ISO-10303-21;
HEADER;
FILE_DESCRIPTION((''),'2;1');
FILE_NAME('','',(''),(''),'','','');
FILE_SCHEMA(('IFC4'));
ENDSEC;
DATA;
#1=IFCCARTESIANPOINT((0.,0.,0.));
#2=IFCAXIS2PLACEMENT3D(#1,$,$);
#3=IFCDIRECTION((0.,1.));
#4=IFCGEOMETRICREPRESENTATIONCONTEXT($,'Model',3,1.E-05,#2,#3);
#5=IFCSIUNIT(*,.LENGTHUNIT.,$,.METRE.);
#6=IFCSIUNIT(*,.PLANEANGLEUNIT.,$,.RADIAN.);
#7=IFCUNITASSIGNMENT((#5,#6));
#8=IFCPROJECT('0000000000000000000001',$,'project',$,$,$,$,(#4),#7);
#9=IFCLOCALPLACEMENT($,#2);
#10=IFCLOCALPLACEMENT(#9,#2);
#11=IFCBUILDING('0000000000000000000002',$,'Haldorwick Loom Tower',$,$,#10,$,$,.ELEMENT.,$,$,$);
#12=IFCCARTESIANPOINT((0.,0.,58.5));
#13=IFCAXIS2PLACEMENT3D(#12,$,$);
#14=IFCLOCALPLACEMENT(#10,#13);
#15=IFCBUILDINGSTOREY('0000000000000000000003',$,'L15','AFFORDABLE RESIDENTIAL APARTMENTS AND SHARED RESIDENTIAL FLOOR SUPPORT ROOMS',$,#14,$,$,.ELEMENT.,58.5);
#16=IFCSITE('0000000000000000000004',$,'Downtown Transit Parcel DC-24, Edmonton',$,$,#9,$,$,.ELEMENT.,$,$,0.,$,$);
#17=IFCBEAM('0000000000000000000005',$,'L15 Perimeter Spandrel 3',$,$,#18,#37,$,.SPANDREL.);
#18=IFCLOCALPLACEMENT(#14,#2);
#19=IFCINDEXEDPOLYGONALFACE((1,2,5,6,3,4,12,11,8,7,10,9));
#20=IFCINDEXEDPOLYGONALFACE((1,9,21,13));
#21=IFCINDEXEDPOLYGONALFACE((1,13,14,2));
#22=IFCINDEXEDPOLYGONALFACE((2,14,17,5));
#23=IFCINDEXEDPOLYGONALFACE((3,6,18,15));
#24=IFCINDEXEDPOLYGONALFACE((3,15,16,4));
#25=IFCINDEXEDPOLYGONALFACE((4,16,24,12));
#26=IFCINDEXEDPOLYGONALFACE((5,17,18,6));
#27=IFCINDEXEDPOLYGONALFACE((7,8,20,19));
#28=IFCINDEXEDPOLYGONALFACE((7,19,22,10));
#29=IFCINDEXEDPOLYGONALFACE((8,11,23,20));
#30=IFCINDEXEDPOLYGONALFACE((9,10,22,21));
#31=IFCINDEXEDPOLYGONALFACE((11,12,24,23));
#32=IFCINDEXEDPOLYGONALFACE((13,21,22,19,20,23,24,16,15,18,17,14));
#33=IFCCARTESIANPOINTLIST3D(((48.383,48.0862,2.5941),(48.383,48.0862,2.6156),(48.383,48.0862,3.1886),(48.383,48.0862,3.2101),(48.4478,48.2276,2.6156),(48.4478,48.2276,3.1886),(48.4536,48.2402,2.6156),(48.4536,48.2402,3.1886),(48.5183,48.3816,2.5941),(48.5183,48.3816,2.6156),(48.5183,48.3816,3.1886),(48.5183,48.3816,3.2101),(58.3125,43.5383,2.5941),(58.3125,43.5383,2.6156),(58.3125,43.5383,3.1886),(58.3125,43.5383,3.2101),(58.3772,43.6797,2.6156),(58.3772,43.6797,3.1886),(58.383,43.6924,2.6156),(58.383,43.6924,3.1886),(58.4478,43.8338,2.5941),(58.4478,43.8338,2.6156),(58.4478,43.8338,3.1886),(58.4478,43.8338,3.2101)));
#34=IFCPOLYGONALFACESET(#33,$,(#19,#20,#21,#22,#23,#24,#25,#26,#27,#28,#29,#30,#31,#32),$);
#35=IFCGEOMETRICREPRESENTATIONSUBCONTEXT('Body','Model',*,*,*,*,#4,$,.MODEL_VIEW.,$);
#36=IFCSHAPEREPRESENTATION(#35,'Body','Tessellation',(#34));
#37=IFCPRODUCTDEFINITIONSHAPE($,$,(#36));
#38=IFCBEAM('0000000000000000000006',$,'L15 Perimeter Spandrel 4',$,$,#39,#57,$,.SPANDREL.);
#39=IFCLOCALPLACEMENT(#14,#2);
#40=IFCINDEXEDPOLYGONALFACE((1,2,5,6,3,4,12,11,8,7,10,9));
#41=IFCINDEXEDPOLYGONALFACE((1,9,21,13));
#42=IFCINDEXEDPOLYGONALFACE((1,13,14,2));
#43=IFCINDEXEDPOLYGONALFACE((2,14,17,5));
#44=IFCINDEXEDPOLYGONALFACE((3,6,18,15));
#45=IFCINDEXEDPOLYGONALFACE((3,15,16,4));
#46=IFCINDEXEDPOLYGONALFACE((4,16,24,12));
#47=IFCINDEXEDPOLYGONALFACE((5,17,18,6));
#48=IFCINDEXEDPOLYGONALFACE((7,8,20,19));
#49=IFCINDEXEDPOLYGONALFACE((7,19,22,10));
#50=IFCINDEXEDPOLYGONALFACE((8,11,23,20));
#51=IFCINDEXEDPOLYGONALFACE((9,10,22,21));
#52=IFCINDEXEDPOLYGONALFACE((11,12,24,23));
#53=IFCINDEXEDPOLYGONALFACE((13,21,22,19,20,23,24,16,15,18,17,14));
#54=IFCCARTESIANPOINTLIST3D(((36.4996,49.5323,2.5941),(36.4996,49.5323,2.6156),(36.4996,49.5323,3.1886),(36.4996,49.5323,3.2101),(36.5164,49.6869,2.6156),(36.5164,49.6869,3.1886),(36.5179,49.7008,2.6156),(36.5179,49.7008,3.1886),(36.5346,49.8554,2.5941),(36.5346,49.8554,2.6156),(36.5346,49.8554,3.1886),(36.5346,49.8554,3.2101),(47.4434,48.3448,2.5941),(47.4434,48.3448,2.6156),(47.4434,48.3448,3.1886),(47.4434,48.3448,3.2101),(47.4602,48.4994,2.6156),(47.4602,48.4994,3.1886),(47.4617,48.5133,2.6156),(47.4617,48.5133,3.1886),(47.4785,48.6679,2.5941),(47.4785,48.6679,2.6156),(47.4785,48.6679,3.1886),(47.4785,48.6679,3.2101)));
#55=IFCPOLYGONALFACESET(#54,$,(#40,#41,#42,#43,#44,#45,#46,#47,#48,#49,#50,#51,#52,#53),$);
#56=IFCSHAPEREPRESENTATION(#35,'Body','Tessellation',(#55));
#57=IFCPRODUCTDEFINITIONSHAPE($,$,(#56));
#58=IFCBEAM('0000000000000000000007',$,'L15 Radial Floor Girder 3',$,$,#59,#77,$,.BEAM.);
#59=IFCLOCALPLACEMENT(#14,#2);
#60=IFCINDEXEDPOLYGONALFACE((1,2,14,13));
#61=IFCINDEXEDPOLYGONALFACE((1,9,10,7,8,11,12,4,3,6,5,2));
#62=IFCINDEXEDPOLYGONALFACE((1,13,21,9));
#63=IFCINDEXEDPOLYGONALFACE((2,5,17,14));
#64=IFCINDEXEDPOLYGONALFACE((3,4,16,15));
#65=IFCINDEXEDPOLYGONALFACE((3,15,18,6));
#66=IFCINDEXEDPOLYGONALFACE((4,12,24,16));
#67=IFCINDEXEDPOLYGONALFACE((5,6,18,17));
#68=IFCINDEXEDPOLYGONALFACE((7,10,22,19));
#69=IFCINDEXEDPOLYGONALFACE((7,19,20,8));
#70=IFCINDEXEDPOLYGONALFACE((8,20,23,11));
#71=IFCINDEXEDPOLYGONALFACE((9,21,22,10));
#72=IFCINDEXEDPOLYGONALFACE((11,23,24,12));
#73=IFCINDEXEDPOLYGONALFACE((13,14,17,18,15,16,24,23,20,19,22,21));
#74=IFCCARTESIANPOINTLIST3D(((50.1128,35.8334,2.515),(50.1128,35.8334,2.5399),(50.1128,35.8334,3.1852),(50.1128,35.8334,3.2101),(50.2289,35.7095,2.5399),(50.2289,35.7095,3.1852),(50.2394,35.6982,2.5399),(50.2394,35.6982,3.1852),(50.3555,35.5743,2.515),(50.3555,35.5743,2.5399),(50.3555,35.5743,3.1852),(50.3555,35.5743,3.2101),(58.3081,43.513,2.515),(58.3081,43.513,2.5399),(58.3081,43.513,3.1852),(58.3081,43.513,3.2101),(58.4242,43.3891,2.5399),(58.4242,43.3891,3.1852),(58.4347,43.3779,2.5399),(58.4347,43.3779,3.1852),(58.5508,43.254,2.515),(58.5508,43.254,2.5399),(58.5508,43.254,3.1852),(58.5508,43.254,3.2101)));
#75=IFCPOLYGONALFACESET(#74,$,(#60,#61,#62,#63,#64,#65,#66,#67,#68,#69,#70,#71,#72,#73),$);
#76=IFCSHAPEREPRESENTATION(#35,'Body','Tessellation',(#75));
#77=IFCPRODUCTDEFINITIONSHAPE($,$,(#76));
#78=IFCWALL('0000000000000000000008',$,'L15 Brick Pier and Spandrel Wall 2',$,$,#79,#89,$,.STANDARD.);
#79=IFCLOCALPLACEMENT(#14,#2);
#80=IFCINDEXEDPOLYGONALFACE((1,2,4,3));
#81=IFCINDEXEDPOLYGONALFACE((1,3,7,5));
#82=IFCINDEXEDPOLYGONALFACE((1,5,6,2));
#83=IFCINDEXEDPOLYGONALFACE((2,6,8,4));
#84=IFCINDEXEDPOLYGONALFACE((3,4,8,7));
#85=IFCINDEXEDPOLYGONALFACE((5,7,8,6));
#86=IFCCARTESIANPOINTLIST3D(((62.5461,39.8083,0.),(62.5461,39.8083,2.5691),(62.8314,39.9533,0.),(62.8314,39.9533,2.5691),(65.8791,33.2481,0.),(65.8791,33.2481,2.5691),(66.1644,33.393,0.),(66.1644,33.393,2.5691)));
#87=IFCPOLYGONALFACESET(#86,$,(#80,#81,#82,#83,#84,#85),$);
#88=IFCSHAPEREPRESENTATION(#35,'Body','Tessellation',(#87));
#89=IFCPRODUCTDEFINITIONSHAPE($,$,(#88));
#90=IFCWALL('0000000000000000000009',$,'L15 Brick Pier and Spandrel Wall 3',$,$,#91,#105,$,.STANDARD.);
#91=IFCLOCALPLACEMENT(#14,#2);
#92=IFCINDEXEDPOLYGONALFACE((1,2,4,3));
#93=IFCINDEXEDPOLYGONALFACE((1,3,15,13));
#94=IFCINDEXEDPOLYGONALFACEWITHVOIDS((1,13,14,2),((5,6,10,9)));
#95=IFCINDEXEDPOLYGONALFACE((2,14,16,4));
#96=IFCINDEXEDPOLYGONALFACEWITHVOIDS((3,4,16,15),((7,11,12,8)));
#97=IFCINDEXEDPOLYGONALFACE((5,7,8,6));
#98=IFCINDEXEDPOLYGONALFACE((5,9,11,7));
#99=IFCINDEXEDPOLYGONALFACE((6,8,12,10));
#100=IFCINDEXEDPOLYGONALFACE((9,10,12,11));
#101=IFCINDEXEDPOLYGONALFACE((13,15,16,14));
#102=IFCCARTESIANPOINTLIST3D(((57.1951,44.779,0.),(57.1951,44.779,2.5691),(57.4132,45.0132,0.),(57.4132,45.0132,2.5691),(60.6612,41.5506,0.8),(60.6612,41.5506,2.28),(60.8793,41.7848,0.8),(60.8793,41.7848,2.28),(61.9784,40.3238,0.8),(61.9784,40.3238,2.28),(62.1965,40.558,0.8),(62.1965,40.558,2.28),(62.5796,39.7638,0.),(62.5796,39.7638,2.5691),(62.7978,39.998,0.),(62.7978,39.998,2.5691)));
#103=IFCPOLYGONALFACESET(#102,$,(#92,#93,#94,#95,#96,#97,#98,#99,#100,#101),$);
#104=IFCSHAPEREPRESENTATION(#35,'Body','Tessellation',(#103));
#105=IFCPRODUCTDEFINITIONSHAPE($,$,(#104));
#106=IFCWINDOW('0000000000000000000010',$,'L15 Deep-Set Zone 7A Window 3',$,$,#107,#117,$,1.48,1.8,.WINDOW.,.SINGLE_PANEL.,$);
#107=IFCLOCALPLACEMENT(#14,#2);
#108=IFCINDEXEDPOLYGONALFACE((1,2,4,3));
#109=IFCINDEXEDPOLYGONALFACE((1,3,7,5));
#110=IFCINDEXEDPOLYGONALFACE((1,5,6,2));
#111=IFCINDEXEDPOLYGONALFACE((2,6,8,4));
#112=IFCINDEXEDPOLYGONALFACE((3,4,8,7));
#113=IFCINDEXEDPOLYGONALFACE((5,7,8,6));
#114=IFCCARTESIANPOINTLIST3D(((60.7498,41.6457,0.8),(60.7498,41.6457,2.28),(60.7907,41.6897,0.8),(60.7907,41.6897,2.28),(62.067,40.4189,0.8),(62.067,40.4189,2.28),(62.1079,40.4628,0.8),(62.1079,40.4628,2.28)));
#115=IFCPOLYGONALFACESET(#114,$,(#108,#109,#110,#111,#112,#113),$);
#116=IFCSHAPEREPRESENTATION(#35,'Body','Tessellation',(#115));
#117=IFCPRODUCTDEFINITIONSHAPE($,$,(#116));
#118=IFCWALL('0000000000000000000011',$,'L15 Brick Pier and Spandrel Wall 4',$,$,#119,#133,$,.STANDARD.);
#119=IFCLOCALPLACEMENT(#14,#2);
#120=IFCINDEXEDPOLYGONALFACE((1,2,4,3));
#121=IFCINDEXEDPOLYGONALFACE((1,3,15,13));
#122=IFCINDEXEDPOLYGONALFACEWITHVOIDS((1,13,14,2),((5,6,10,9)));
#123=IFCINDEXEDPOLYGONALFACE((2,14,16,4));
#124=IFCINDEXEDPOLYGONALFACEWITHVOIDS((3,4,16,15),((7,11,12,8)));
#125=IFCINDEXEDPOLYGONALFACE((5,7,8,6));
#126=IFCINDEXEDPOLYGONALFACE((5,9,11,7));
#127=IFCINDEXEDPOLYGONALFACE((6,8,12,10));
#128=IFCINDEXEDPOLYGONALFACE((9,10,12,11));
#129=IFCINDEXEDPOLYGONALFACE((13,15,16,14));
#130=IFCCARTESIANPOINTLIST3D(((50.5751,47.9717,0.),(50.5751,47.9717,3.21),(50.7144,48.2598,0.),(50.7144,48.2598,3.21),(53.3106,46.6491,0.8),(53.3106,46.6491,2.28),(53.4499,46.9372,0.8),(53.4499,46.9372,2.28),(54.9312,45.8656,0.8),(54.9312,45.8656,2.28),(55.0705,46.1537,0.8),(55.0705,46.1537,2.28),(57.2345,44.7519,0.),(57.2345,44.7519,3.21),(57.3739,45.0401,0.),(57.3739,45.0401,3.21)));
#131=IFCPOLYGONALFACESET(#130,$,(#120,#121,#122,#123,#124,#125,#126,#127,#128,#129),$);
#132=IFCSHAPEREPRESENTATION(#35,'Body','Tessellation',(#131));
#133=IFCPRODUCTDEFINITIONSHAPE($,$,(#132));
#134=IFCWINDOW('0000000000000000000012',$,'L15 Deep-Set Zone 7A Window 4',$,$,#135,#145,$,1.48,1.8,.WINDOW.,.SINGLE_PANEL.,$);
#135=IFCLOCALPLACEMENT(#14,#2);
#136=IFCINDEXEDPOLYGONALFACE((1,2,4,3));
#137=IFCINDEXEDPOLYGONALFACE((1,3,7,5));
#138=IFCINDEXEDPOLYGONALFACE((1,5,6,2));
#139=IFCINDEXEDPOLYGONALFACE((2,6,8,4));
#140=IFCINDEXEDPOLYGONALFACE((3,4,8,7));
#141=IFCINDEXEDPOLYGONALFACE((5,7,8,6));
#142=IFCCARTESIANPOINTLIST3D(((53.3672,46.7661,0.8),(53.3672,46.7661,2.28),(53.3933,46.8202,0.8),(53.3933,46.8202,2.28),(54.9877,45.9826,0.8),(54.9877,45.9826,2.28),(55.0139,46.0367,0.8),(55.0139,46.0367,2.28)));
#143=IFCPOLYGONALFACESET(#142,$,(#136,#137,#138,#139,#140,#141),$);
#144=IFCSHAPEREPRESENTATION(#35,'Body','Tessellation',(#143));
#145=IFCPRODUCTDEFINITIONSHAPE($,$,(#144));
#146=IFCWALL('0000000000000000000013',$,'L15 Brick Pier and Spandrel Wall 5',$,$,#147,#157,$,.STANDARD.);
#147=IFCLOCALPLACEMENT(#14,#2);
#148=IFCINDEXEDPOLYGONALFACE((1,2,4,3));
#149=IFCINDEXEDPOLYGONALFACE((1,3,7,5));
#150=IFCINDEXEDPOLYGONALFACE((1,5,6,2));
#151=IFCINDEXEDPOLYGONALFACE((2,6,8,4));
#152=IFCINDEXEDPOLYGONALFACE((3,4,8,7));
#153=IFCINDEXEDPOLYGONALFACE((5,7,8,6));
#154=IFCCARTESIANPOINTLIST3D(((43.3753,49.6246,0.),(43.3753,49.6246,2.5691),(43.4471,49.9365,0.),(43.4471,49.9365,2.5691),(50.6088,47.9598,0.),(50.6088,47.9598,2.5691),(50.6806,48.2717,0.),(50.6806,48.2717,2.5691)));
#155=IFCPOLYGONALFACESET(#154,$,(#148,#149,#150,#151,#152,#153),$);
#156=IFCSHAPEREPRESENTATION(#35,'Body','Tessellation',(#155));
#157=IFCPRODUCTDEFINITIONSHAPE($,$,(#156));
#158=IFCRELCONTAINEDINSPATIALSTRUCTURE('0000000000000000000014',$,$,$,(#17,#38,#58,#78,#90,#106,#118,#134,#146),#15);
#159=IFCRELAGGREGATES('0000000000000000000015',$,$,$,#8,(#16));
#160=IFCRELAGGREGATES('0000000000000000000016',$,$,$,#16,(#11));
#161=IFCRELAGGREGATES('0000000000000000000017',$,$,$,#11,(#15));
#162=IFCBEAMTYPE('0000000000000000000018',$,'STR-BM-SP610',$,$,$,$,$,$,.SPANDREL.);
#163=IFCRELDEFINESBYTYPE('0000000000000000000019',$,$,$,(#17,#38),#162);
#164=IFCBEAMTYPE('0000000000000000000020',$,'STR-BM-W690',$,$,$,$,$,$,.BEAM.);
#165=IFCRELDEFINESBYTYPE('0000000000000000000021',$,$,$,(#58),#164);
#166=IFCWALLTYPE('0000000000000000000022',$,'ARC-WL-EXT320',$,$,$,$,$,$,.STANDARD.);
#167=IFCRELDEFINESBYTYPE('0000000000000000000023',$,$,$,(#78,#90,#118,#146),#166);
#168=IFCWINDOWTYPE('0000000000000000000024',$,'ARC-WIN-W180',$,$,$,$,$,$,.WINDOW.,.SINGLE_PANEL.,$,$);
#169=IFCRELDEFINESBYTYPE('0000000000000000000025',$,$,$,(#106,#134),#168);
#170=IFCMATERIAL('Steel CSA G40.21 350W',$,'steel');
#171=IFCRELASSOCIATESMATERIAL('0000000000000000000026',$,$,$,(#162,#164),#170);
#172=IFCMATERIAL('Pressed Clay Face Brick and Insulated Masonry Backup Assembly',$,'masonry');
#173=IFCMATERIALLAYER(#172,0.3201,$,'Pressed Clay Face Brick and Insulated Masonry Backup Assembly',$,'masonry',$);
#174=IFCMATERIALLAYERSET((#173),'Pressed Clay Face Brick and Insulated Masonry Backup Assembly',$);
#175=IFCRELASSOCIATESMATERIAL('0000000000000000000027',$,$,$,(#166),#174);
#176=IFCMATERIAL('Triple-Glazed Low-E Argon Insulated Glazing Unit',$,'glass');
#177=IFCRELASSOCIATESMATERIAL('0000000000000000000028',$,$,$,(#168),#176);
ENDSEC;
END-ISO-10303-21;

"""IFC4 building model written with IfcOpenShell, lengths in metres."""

from ifc_helpers import new_model, si_unit, direction, frame, frame_2d, origin, origin_2d, place, context, subcontext, project, spatial, rectangle, i_section, extrude, material, layer, layer_set, material_profile, profile_set, type_object, element, fill, save


model = new_model("IFC4")

# Units and contexts
model_context = context("Model", 3, precision=1e-05, world=origin(), true_north=direction((0.0, 1.0)))
body_context = subcontext(model_context, "Body", "Model", "MODEL_VIEW")
ifc_project = project(units=[si_unit("LENGTHUNIT", "METRE"), si_unit("PLANEANGLEUNIT", "RADIAN")], contexts=[model_context])

# Site, building, storey
site_placement = place(None, origin())
site = spatial("IfcSite", under=ifc_project, at=site_placement, Name="Downtown Transit Parcel DC-24, Edmonton", CompositionType="ELEMENT", RefElevation=0.0)
building_placement = place(site_placement, origin())
building = spatial("IfcBuilding", under=site, at=building_placement, Name="Haldorwick Loom Tower", CompositionType="ELEMENT")
storey_placement = place(building_placement, frame((0.0, 0.0, 58.5)))
storey = spatial("IfcBuildingStorey", under=building, at=storey_placement, Name="L15", Description="AFFORDABLE RESIDENTIAL APARTMENTS AND SHARED RESIDENTIAL FLOOR SUPPORT ROOMS", CompositionType="ELEMENT", Elevation=58.5)

# Beams
ifc_material_1 = material(Name="Steel CSA G40.21 350W", Category="steel")
ifc_material_profile_1 = material_profile(ifc_material_1, i_section(OverallWidth=0.325, OverallDepth=0.616, WebThickness=0.0139, FlangeThickness=0.0215, at=origin_2d()), Name="W610X174", Category="steel")
ifc_profile_set_1 = profile_set([ifc_material_profile_1], Name="Steel CSA G40.21 350W")
beam_type_1 = type_object("IfcBeamType", Name="STR-BM-SP610", PredefinedType="SPANDREL", material=ifc_profile_set_1)
beam_1_placement = place(storey_placement, frame((58.3801, 43.686, 2.9021), z_axis=(-0.909174, 0.416417, 0.0), x_axis=(-0.416417, -0.909174, 0.0)))
element("IfcBeam", 1, at=beam_1_placement, inside=storey, type_object=beam_type_1, Name="L15 Perimeter Spandrel 3", PredefinedType="SPANDREL", context=body_context, shape_type="SweptSolid", body=[
    extrude(i_section(OverallWidth=0.325, OverallDepth=0.616, WebThickness=0.0139, FlangeThickness=0.0215, at=origin_2d()), origin(), (0.0, 0.0, 1.0), 10.9214),
])
beam_2_placement = place(storey_placement, frame((47.4609, 48.5063, 2.9021), z_axis=(-0.994164, 0.107875, 0.0), x_axis=(-0.107875, -0.994164, 0.0)))
element("IfcBeam", 2, at=beam_2_placement, inside=storey, type_object=beam_type_1, Name="L15 Perimeter Spandrel 4", PredefinedType="SPANDREL", context=body_context, shape_type="SweptSolid", body=[
    extrude(i_section(OverallWidth=0.325, OverallDepth=0.616, WebThickness=0.0139, FlangeThickness=0.0215, at=origin_2d()), origin(), (0.0, 0.0, 1.0), 11.0081),
])
ifc_material_profile_2 = material_profile(ifc_material_1, i_section(OverallWidth=0.355, OverallDepth=0.6951, WebThickness=0.0154, FlangeThickness=0.0249, at=origin_2d()), Name="W690X217", Category="steel")
ifc_profile_set_2 = profile_set([ifc_material_profile_2], Name="Steel CSA G40.21 350W")
beam_type_2 = type_object("IfcBeamType", Name="STR-BM-W690", PredefinedType="BEAM", material=ifc_profile_set_2)
beam_3_placement = place(storey_placement, frame((50.2341, 35.7039, 2.8625), z_axis=(0.729689, 0.683779, 0.0), x_axis=(-0.683779, 0.729689, 0.0)))
element("IfcBeam", 3, at=beam_3_placement, inside=storey, type_object=beam_type_2, Name="L15 Radial Floor Girder 3", PredefinedType="BEAM", context=body_context, shape_type="SweptSolid", body=[
    extrude(i_section(OverallWidth=0.355, OverallDepth=0.6951, WebThickness=0.0154, FlangeThickness=0.0249, at=origin_2d()), origin(), (0.0, 0.0, 1.0), 11.2312),
])

# Wall
ifc_material_2 = material(Name="Pressed Clay Face Brick and Insulated Masonry Backup Assembly", Category="masonry")
ifc_layer_1 = layer(ifc_material_2, 0.3201, Name="Pressed Clay Face Brick and Insulated Masonry Backup Assembly", Category="masonry")
ifc_layer_set_1 = layer_set([ifc_layer_1], Name="Pressed Clay Face Brick and Insulated Masonry Backup Assembly")
wall_type_1 = type_object("IfcWallType", Name="ARC-WL-EXT320", PredefinedType="STANDARD", material=ifc_layer_set_1)
wall_1_placement = place(storey_placement, frame((66.0217, 33.3206, 0.0), z_axis=(0.0, 0.0, 1.0), x_axis=(-0.452951, 0.891535, 0.0)))
element("IfcWall", 4, at=wall_1_placement, inside=storey, type_object=wall_type_1, Name="L15 Brick Pier and Spandrel Wall 2", PredefinedType="STANDARD", context=body_context, shape_type="SweptSolid", body=[
    extrude(rectangle(XDim=7.3584, YDim=0.3201, at=frame_2d((3.6792, 0.0))), origin(), (0.0, 0.0, 1.0), 2.5691),
])

# Walls, openings, windows
wall_2_placement = place(storey_placement, frame((62.6887, 39.8809, 0.0), z_axis=(0.0, 0.0, 1.0), x_axis=(-0.731761, 0.681561, 0.0)))
wall_2 = element("IfcWall", 5, at=wall_2_placement, inside=storey, type_object=wall_type_1, Name="L15 Brick Pier and Spandrel Wall 3", PredefinedType="STANDARD", context=body_context, shape_type="SweptSolid", body=[
    extrude(rectangle(XDim=7.3584, YDim=0.3201, at=frame_2d((3.6792, 0.0))), origin(), (0.0, 0.0, 1.0), 2.5691),
])
opening_1_placement = place(wall_2_placement, frame((0.8218, 0.0, 0.8)))
opening_1 = element("IfcOpeningElement", 6, at=opening_1_placement, cuts=wall_2, PredefinedType="OPENING", context=body_context, shape_type="SweptSolid", body=[
    extrude(rectangle(XDim=1.8, YDim=1.48, at=frame_2d((0.8999, 0.74))), frame((0.0, 0.1699, 0.0), z_axis=(0.0, -1.0, 0.0), x_axis=(1.0, 0.0, 0.0)), (0.0, 0.0, 1.0), 0.3401),
])
ifc_material_3 = material(Name="Triple-Glazed Low-E Argon Insulated Glazing Unit", Category="glass")
window_type = type_object("IfcWindowType", Name="ARC-WIN-W180", PartitioningType="SINGLE_PANEL", PredefinedType="WINDOW", material=ifc_material_3)
window_1_placement = place(opening_1_placement, origin())
window_1 = element("IfcWindow", 7, at=window_1_placement, inside=storey, type_object=window_type, Name="L15 Deep-Set Zone 7A Window 3", OverallHeight=1.48, OverallWidth=1.8, PartitioningType="SINGLE_PANEL", PredefinedType="WINDOW", context=body_context, shape_type="SweptSolid", body=[
    extrude(rectangle(XDim=1.8, YDim=1.48, at=frame_2d((0.8999, 0.74))), frame((0.0, 0.03, 0.0), z_axis=(0.0, -1.0, 0.0), x_axis=(1.0, 0.0, 0.0)), (0.0, 0.0, 1.0), 0.0601),
])
fill(opening_1, window_1)
wall_3_placement = place(storey_placement, frame((57.3042, 44.896, 0.0), z_axis=(0.0, 0.0, 1.0), x_axis=(-0.900296, 0.435279, 0.0)))
wall_3 = element("IfcWall", 8, at=wall_3_placement, inside=storey, type_object=wall_type_1, Name="L15 Brick Pier and Spandrel Wall 4", PredefinedType="STANDARD", context=body_context, shape_type="SweptSolid", body=[
    extrude(rectangle(XDim=7.397, YDim=0.3201, at=frame_2d((3.6985, 0.0))), origin(), (0.0, 0.0, 1.0), 3.21),
])
opening_2_placement = place(wall_3_placement, frame((2.5586, 0.0, 0.8)))
opening_2 = element("IfcOpeningElement", 9, at=opening_2_placement, cuts=wall_3, PredefinedType="OPENING", context=body_context, shape_type="SweptSolid", body=[
    extrude(rectangle(XDim=1.8, YDim=1.48, at=frame_2d((0.8999, 0.74))), frame((0.0, 0.1699, 0.0), z_axis=(0.0, -1.0, 0.0), x_axis=(1.0, 0.0, 0.0)), (0.0, 0.0, 1.0), 0.3401),
])
window_2_placement = place(opening_2_placement, origin())
window_2 = element("IfcWindow", 10, at=window_2_placement, inside=storey, type_object=window_type, Name="L15 Deep-Set Zone 7A Window 4", OverallHeight=1.48, OverallWidth=1.8, PartitioningType="SINGLE_PANEL", PredefinedType="WINDOW", context=body_context, shape_type="SweptSolid", body=[
    extrude(rectangle(XDim=1.8, YDim=1.48, at=frame_2d((0.8999, 0.74))), frame((0.0, 0.03, 0.0), z_axis=(0.0, -1.0, 0.0), x_axis=(1.0, 0.0, 0.0)), (0.0, 0.0, 1.0), 0.0601),
])
fill(opening_2, window_2)

# Wall
wall_4_placement = place(storey_placement, frame((50.6448, 48.1157, 0.0), z_axis=(0.0, 0.0, 1.0), x_axis=(-0.974522, 0.22429, 0.0)))
element("IfcWall", 11, at=wall_4_placement, inside=storey, type_object=wall_type_1, Name="L15 Brick Pier and Spandrel Wall 5", PredefinedType="STANDARD", context=body_context, shape_type="SweptSolid", body=[
    extrude(rectangle(XDim=7.4226, YDim=0.3201, at=frame_2d((3.7114, 0.0))), origin(), (0.0, 0.0, 1.0), 2.5691),
])

save(model, "model.ifc")
